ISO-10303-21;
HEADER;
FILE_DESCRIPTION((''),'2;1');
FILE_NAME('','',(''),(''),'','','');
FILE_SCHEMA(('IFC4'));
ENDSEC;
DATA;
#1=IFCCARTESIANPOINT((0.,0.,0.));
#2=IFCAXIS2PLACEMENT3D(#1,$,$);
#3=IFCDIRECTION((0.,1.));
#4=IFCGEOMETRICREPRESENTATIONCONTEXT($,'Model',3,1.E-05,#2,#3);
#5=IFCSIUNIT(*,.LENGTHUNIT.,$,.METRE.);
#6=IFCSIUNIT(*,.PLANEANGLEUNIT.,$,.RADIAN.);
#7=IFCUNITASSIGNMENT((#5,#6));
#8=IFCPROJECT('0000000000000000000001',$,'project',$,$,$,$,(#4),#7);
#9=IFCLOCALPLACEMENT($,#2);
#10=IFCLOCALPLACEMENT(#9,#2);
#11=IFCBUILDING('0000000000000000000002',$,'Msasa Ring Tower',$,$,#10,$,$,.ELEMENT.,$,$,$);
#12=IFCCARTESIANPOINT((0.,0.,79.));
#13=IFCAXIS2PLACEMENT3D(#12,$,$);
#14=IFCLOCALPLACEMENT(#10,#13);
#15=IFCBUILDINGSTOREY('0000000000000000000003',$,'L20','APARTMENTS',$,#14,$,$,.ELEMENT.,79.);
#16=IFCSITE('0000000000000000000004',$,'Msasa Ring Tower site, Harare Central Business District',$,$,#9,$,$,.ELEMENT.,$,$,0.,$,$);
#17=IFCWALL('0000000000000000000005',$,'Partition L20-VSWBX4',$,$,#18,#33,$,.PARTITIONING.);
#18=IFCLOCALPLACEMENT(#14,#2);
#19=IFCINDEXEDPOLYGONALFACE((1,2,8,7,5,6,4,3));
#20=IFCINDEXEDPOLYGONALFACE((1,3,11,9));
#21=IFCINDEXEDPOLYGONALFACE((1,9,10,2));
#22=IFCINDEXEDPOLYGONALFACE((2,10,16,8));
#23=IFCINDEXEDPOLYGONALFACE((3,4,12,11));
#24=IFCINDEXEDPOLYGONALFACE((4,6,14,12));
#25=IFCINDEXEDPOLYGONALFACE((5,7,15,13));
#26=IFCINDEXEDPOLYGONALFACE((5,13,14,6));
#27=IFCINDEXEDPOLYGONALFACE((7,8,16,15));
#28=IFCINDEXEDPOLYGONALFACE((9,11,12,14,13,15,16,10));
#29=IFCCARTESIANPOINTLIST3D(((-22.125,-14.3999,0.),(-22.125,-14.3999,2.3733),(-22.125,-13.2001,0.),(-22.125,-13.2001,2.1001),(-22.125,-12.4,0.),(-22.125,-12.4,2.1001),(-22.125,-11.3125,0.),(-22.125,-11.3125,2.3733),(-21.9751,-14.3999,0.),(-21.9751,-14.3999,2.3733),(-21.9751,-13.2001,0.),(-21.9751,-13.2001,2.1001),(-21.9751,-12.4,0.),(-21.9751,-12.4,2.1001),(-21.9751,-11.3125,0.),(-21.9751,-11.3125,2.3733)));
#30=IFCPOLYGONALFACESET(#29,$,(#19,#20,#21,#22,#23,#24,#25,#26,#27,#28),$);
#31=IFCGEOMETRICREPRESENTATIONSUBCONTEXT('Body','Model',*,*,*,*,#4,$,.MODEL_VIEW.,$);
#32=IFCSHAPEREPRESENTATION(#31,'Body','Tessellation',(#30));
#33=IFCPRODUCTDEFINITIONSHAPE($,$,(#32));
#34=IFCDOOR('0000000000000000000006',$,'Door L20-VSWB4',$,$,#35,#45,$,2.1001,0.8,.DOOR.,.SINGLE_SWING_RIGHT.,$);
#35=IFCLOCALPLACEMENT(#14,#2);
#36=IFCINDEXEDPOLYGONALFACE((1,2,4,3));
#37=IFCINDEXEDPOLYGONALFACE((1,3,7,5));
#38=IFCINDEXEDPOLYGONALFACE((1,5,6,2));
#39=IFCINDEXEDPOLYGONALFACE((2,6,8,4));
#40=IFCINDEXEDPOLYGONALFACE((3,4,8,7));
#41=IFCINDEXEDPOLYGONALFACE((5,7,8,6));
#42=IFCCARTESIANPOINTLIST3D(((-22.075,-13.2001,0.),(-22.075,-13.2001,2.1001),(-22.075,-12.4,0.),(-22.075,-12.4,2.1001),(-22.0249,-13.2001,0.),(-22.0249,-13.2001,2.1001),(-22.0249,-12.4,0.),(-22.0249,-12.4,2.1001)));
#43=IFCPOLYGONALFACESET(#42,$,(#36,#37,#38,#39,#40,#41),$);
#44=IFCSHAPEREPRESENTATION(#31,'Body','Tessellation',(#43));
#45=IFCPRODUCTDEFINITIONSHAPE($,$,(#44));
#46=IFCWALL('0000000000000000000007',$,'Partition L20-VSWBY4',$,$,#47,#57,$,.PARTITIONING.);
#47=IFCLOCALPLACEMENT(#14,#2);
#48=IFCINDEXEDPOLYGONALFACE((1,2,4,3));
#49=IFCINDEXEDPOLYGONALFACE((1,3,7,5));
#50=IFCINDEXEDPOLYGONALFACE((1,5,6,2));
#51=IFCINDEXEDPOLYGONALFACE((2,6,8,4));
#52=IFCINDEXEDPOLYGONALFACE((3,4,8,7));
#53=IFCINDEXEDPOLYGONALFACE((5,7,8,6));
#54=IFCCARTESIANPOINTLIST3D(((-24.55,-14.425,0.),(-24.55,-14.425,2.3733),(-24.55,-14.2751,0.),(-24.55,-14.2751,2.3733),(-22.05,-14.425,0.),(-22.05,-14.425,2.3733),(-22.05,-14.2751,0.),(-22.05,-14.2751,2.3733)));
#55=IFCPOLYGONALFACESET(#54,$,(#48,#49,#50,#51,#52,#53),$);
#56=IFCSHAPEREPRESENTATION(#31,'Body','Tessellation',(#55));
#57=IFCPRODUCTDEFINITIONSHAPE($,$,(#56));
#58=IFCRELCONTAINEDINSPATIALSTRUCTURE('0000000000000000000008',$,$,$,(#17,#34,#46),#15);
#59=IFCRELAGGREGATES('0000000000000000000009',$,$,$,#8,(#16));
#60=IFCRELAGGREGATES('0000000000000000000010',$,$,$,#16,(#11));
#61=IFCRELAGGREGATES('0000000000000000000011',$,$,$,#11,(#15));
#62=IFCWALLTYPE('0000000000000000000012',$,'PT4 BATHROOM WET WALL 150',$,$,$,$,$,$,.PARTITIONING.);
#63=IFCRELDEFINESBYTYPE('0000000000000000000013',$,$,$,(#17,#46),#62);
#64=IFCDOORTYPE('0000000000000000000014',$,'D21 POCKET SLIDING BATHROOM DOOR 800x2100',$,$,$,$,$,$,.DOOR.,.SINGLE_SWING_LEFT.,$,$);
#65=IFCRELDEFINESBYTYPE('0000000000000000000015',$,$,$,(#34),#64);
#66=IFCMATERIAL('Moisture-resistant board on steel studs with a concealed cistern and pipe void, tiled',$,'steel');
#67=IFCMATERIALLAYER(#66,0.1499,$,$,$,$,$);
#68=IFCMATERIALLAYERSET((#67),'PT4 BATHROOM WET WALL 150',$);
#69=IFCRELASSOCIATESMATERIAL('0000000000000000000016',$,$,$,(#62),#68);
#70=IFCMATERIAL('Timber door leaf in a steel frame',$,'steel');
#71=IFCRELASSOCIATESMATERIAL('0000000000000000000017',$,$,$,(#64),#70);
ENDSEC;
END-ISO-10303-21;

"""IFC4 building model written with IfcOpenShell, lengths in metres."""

from ifc_helpers import new_model, si_unit, direction, frame, frame_2d, origin, place, context, subcontext, project, spatial, rectangle, extrude, material, layer, layer_set, type_object, element, fill, save


model = new_model("IFC4")

# Units and contexts
model_context = context("Model", 3, precision=1e-05, world=origin(), true_north=direction((0.0, 1.0)))
body_context = subcontext(model_context, "Body", "Model", "MODEL_VIEW")
ifc_project = project(units=[si_unit("LENGTHUNIT", "METRE"), si_unit("PLANEANGLEUNIT", "RADIAN")], contexts=[model_context])

# Site, building, storey
site_placement = place(None, origin())
site = spatial("IfcSite", under=ifc_project, at=site_placement, Name="Msasa Ring Tower site, Harare Central Business District", CompositionType="ELEMENT", RefElevation=0.0)
building_placement = place(site_placement, origin())
building = spatial("IfcBuilding", under=site, at=building_placement, Name="Msasa Ring Tower", CompositionType="ELEMENT")
storey_placement = place(building_placement, frame((0.0, 0.0, 79.0)))
storey = spatial("IfcBuildingStorey", under=building, at=storey_placement, Name="L20", Description="APARTMENTS", CompositionType="ELEMENT", Elevation=79.0)

# Shared definitions
ifc_material_1 = material(Name="Moisture-resistant board on steel studs with a concealed cistern and pipe void, tiled", Category="steel")
ifc_layer_1 = layer(ifc_material_1, 0.1499)
ifc_layer_set_1 = layer_set([ifc_layer_1], Name="PT4 BATHROOM WET WALL 150")
wall_type_1 = type_object("IfcWallType", Name="PT4 BATHROOM WET WALL 150", PredefinedType="PARTITIONING", material=ifc_layer_set_1)
ifc_material_2 = material(Name="Timber door leaf in a steel frame", Category="steel")
door_type_1 = type_object("IfcDoorType", Name="D21 POCKET SLIDING BATHROOM DOOR 800x2100", OperationType="SINGLE_SWING_LEFT", PredefinedType="DOOR", material=ifc_material_2)

# Wall, opening, door
wall_1_placement = place(storey_placement, frame((-22.05, -14.3999, 0.0), z_axis=(0.0, 0.0, 1.0), x_axis=(0.0, 1.0, 0.0)))
wall_1 = element("IfcWall", 1, at=wall_1_placement, inside=storey, type_object=wall_type_1, Name="Partition L20-VSWBX4", PredefinedType="PARTITIONING", context=body_context, shape_type="SweptSolid", body=[
    extrude(rectangle(XDim=3.0874, YDim=0.1499, at=frame_2d((1.5437, 0.0))), origin(), (0.0, 0.0, 1.0), 2.3733),
])
opening_1_placement = place(wall_1_placement, frame((1.2, 0.0, 0.0)))
opening_1 = element("IfcOpeningElement", 2, at=opening_1_placement, cuts=wall_1, PredefinedType="OPENING", context=body_context, shape_type="SweptSolid", body=[
    extrude(rectangle(XDim=0.8, YDim=2.1001, at=frame_2d((0.3999, 1.05))), frame((0.0, 0.085, 0.0), z_axis=(0.0, -1.0, 0.0), x_axis=(1.0, 0.0, 0.0)), (0.0, 0.0, 1.0), 0.1699),
])
door_1_placement = place(opening_1_placement, origin())
door_1 = element("IfcDoor", 3, at=door_1_placement, inside=storey, type_object=door_type_1, Name="Door L20-VSWB4", OperationType="SINGLE_SWING_RIGHT", OverallHeight=2.1001, OverallWidth=0.8, PredefinedType="DOOR", context=body_context, shape_type="SweptSolid", body=[
    extrude(rectangle(XDim=0.8, YDim=2.1001, at=frame_2d((0.3999, 1.05))), frame((0.0, 0.0249, 0.0), z_axis=(0.0, -1.0, 0.0), x_axis=(1.0, 0.0, 0.0)), (0.0, 0.0, 1.0), 0.05),
])
fill(opening_1, door_1)

# Wall
wall_2_placement = place(storey_placement, frame((-24.55, -14.3501, 0.0), z_axis=(0.0, 0.0, 1.0), x_axis=(1.0, 0.0, 0.0)))
element("IfcWall", 4, at=wall_2_placement, inside=storey, type_object=wall_type_1, Name="Partition L20-VSWBY4", PredefinedType="PARTITIONING", context=body_context, shape_type="SweptSolid", body=[
    extrude(rectangle(XDim=2.5, YDim=0.1499, at=frame_2d((1.25, 0.0))), origin(), (0.0, 0.0, 1.0), 2.3733),
])

save(model, "model.ifc")
